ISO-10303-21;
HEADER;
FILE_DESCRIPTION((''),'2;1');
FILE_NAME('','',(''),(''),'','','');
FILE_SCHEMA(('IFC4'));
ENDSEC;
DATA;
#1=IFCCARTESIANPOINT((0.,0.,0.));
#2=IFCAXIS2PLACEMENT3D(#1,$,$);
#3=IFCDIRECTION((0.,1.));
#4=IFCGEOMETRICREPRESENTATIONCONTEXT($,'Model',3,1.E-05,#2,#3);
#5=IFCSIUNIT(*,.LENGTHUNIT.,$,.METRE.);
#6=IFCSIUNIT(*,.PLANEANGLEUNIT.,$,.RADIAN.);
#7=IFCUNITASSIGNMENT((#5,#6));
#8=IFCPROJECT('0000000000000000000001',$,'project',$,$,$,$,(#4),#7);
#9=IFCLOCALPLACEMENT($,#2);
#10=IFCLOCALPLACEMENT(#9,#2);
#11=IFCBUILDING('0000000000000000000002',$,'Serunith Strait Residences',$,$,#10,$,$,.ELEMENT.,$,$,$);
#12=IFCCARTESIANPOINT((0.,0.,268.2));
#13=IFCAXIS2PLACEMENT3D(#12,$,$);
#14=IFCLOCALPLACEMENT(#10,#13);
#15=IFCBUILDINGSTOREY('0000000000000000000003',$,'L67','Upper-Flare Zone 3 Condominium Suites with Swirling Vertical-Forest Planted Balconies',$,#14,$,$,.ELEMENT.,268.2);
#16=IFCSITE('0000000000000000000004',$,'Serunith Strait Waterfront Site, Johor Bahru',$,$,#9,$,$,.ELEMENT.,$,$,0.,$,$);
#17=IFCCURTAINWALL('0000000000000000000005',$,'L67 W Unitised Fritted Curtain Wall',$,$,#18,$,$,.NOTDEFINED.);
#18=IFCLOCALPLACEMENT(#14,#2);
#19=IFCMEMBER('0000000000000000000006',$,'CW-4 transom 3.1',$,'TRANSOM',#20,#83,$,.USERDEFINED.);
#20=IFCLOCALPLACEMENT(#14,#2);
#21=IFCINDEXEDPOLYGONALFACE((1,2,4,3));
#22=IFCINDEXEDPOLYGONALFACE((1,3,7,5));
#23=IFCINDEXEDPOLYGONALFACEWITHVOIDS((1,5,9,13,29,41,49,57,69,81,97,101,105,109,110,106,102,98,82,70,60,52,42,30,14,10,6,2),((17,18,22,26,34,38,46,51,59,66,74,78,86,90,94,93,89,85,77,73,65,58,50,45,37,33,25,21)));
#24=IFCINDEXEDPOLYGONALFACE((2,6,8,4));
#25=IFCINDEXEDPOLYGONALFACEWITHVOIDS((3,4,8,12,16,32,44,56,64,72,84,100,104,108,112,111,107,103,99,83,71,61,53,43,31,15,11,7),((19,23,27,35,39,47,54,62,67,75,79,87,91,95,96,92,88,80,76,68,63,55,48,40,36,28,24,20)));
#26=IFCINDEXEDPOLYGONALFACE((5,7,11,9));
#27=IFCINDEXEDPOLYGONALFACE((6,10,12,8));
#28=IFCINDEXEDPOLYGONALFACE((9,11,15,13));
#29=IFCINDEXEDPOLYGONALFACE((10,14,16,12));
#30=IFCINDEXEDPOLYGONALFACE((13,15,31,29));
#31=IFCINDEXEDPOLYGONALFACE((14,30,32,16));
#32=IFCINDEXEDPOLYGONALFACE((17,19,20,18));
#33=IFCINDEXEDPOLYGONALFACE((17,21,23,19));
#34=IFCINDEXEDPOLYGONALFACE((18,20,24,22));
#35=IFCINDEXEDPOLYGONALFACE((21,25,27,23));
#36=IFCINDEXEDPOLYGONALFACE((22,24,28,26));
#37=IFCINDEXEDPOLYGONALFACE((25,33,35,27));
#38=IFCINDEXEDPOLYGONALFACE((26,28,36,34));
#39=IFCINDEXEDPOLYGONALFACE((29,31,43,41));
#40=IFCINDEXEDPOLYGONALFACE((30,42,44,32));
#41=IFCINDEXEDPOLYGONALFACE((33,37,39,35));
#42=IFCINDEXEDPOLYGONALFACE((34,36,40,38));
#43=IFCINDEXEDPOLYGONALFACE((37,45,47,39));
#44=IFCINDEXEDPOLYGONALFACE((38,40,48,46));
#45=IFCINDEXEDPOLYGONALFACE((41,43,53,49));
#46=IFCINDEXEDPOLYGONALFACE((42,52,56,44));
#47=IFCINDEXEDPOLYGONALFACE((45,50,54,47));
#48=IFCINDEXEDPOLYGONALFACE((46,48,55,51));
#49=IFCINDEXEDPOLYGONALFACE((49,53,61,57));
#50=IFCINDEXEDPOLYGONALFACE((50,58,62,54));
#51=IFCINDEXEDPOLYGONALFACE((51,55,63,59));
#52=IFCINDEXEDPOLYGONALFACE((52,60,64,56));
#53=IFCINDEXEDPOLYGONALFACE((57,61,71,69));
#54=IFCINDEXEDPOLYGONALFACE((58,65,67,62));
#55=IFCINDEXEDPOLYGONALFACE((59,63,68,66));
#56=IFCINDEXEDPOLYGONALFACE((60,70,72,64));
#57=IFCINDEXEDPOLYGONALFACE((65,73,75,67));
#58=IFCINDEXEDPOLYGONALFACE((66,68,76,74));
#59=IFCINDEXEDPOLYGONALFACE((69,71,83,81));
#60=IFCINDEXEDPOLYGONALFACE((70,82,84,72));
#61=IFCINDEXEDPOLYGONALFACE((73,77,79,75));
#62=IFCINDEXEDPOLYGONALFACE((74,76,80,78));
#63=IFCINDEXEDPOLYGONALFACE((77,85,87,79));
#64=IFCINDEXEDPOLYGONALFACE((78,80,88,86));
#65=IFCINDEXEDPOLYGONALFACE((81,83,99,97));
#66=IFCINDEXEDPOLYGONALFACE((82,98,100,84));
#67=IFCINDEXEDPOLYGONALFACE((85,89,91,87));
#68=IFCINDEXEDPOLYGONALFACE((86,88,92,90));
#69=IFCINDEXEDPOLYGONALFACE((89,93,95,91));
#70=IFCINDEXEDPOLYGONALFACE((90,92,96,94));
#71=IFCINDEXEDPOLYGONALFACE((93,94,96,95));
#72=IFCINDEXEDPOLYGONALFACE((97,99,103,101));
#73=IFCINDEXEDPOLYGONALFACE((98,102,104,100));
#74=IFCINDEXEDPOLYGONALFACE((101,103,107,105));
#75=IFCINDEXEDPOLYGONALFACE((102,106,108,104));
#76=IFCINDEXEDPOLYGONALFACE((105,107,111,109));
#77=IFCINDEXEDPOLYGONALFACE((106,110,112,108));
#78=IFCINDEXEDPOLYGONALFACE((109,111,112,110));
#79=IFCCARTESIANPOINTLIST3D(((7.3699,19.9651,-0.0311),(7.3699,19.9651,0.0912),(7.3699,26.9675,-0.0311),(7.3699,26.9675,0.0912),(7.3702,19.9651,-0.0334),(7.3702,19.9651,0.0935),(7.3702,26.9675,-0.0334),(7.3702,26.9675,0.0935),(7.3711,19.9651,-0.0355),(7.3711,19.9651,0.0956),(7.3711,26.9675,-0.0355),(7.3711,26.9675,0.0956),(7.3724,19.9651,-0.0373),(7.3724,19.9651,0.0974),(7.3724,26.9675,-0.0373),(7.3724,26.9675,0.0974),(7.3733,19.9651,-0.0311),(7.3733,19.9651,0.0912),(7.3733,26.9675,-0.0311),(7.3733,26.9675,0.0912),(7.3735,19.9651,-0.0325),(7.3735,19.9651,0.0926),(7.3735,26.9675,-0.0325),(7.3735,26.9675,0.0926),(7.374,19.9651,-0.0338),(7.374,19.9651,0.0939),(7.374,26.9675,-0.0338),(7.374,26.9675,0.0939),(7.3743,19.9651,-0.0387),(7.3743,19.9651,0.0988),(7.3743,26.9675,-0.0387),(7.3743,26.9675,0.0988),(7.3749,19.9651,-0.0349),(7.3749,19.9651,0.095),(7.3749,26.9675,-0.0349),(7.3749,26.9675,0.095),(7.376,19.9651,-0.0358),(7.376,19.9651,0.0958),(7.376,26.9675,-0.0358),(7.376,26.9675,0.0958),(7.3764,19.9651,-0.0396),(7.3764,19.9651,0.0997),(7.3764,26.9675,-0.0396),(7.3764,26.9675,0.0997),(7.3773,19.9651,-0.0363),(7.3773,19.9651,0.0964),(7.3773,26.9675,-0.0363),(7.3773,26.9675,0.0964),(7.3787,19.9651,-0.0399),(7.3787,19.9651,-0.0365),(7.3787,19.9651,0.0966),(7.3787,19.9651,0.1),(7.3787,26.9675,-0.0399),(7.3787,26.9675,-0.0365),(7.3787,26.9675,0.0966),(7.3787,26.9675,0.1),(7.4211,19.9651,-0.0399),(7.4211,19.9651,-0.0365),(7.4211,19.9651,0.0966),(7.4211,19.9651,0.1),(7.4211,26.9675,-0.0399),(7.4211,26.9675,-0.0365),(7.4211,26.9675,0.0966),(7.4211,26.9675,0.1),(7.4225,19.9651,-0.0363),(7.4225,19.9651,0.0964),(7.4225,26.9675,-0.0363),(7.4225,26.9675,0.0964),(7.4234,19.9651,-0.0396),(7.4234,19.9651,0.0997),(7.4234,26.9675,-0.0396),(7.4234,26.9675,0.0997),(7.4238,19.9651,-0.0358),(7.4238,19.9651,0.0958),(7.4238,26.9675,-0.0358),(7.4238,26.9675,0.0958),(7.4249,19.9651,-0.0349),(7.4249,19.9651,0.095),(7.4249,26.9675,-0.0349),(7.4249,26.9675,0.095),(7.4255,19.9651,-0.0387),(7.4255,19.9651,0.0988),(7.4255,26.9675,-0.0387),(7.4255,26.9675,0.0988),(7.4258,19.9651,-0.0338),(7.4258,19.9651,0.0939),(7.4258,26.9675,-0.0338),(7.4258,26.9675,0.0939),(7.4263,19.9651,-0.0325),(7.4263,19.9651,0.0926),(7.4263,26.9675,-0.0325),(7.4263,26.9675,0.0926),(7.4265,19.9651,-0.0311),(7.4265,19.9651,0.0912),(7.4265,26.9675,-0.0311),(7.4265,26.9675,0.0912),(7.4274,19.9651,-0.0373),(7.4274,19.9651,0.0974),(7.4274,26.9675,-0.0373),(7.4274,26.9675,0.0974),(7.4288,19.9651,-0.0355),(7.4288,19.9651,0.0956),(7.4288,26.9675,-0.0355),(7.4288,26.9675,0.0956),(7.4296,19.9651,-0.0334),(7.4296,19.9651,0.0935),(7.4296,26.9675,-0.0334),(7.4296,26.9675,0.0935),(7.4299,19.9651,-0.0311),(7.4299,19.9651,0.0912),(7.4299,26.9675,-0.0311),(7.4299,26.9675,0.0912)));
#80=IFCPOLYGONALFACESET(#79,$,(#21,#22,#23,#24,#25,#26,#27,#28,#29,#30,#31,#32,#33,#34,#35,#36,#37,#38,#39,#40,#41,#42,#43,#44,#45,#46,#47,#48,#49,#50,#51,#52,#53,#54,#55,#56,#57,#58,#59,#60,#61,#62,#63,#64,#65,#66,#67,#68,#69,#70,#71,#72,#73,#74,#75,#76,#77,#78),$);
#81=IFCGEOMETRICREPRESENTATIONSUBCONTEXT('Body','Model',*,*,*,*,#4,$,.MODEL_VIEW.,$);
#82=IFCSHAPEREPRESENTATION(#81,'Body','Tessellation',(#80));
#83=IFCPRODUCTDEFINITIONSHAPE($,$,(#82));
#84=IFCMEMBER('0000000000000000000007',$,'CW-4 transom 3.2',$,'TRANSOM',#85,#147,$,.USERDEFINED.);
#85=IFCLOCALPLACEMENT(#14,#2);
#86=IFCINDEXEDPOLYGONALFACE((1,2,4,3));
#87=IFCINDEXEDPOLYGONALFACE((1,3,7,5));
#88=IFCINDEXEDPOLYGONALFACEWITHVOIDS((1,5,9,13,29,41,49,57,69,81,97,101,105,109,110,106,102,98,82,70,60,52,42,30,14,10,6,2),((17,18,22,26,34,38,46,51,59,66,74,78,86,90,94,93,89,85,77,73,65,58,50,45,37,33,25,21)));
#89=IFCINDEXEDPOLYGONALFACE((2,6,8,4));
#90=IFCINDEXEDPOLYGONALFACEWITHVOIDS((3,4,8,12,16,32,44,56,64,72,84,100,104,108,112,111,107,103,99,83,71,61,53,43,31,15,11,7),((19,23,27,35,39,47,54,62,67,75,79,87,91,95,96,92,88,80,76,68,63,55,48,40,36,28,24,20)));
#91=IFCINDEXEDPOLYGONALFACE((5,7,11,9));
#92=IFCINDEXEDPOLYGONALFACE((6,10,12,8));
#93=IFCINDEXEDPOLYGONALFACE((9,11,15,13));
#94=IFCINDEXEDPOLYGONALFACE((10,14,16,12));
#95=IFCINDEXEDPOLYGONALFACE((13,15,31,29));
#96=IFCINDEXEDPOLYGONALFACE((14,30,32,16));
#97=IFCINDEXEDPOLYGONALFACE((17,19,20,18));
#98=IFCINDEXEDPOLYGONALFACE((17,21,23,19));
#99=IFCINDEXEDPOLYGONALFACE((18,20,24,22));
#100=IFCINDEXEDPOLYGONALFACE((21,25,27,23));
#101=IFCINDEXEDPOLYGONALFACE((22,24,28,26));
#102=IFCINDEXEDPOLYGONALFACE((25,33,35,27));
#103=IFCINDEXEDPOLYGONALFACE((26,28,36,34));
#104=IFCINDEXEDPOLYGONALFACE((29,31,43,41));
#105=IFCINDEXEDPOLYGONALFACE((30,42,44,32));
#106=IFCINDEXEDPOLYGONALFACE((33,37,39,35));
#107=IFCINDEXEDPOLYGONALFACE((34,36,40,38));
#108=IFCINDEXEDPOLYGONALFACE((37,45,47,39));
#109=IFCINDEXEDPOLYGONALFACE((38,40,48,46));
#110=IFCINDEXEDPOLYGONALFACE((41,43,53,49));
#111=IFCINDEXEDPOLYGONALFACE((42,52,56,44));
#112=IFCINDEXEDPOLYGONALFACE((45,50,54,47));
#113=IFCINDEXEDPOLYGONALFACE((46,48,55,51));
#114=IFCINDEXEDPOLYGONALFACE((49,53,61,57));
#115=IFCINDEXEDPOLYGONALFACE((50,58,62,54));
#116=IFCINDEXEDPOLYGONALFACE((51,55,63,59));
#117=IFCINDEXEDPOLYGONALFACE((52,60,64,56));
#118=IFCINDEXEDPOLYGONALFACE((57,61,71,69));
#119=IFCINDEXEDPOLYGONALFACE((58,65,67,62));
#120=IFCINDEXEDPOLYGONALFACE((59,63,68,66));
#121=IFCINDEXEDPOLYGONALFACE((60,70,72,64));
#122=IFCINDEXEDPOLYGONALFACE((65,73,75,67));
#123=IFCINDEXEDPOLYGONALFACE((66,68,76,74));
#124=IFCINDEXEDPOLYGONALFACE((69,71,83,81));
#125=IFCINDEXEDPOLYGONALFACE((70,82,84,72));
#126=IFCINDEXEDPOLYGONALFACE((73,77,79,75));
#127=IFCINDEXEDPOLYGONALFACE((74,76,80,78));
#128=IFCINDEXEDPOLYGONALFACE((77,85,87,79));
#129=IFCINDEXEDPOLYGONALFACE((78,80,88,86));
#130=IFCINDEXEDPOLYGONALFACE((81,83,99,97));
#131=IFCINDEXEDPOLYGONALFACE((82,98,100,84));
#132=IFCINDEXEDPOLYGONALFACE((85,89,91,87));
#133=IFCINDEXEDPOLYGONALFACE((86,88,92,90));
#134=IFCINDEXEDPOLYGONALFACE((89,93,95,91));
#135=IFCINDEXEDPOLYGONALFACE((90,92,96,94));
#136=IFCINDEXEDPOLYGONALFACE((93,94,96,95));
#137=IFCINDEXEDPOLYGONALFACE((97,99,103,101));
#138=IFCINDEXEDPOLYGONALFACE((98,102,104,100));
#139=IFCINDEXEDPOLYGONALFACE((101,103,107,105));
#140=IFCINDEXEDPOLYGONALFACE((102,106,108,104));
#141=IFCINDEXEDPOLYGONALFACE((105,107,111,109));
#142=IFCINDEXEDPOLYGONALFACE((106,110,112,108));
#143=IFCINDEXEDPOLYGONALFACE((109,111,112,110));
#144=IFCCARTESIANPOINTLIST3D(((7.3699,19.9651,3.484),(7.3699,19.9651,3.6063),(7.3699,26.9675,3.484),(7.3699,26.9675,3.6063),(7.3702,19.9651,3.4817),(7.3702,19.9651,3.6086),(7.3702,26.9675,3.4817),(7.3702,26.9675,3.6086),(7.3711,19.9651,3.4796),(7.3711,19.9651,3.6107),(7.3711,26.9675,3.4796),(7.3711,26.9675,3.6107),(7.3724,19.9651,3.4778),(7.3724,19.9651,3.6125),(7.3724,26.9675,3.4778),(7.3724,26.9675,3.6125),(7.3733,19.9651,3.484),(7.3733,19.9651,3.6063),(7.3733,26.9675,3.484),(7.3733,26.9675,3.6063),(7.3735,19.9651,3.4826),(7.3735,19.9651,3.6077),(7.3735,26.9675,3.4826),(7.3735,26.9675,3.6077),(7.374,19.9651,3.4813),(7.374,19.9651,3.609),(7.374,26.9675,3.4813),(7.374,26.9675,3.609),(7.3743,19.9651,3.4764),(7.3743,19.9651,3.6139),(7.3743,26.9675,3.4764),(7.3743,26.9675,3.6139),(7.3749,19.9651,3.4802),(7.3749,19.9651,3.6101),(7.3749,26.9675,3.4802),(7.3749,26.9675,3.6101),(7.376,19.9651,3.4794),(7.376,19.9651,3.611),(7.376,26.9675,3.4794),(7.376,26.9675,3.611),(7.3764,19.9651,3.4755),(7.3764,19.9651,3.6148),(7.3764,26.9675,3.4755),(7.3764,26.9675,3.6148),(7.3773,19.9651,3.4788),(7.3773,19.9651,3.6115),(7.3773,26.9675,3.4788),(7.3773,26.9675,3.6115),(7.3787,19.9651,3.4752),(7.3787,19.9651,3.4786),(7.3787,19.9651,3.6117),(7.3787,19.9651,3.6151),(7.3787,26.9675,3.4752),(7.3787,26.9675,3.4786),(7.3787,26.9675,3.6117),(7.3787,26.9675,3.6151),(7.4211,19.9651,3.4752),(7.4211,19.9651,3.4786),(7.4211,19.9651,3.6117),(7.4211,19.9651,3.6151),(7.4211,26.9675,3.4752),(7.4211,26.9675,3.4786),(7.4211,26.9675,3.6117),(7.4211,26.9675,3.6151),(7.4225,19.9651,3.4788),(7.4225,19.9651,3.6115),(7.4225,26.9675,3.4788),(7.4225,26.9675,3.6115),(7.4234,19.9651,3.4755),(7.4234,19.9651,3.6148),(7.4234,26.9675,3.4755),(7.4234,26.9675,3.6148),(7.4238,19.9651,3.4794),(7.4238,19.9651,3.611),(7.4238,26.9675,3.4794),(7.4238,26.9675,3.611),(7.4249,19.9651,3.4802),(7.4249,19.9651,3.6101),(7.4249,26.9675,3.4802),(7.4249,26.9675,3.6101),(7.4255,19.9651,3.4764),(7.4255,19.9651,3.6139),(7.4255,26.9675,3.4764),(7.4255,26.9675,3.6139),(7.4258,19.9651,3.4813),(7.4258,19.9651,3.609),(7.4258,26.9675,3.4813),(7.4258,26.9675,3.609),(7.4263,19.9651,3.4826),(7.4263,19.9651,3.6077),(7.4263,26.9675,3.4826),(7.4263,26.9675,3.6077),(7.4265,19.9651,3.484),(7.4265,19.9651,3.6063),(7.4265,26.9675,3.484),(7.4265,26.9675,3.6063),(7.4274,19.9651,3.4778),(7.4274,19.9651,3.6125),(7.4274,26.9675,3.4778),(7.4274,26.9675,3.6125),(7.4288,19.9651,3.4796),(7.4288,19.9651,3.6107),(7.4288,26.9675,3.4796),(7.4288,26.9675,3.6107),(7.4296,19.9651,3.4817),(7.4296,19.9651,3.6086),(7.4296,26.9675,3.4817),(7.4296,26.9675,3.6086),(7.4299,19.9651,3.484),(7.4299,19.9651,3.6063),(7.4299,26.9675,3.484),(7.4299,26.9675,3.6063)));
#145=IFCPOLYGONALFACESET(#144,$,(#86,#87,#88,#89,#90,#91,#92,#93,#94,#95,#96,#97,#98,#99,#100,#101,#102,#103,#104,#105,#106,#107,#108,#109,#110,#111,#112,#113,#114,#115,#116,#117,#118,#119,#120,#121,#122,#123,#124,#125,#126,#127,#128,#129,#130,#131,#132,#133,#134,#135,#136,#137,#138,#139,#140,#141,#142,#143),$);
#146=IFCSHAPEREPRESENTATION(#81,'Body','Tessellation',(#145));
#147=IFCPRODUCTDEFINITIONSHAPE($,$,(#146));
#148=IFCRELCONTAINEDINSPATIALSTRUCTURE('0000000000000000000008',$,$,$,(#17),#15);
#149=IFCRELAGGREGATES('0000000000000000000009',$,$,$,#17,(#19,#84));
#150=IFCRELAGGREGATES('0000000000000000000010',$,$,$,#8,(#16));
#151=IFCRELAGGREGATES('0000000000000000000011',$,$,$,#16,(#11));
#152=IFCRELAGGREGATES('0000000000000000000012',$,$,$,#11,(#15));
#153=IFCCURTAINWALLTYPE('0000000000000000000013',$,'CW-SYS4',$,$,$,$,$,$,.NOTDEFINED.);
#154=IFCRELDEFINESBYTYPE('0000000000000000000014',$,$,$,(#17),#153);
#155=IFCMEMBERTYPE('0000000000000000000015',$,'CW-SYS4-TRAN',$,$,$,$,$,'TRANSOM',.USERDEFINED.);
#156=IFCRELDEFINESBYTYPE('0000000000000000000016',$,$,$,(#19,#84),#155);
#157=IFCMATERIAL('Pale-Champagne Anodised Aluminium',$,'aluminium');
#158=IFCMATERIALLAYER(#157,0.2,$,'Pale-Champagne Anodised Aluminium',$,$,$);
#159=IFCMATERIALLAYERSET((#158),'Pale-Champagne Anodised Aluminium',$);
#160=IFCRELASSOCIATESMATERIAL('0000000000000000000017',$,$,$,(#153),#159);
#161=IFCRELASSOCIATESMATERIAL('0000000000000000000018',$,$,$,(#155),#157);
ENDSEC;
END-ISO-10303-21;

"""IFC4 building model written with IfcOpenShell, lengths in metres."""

from ifc_helpers import new_model, si_unit, direction, frame, origin, origin_2d, place, context, subcontext, project, spatial, hollow_rectangle, extrude, source, transform, mapped, material, layer, layer_set, material_profile, profile_set, type_object, element, aggregate, save


model = new_model("IFC4")

# Units and contexts
model_context = context("Model", 3, precision=1e-05, world=origin(), true_north=direction((0.0, 1.0)))
body_context = subcontext(model_context, "Body", "Model", "MODEL_VIEW")
ifc_project = project(units=[si_unit("LENGTHUNIT", "METRE"), si_unit("PLANEANGLEUNIT", "RADIAN")], contexts=[model_context])

# Site, building, storey
site_placement = place(None, origin())
site = spatial("IfcSite", under=ifc_project, at=site_placement, Name="Serunith Strait Waterfront Site, Johor Bahru", CompositionType="ELEMENT", RefElevation=0.0)
building_placement = place(site_placement, origin())
building = spatial("IfcBuilding", under=site, at=building_placement, Name="Serunith Strait Residences", CompositionType="ELEMENT")
storey_placement = place(building_placement, frame((0.0, 0.0, 268.2)))
storey = spatial("IfcBuildingStorey", under=building, at=storey_placement, Name="L67", Description="Upper-Flare Zone 3 Condominium Suites with Swirling Vertical-Forest Planted Balconies", CompositionType="ELEMENT", Elevation=268.2)

# Curtain wall, members
ifc_material_1 = material(Name="Pale-Champagne Anodised Aluminium", Category="aluminium")
ifc_layer_1 = layer(ifc_material_1, 0.2, Name="Pale-Champagne Anodised Aluminium")
ifc_layer_set_1 = layer_set([ifc_layer_1], Name="Pale-Champagne Anodised Aluminium")
curtain_wall_type = type_object("IfcCurtainWallType", Name="CW-SYS4", PredefinedType="NOTDEFINED", material=ifc_layer_set_1)
curtain_wall_placement = place(storey_placement, origin())
curtain_wall = element("IfcCurtainWall", 1, at=curtain_wall_placement, inside=storey, type_object=curtain_wall_type, Name="L67 W Unitised Fritted Curtain Wall", PredefinedType="NOTDEFINED")
ifc_material_profile_1 = material_profile(ifc_material_1, hollow_rectangle(XDim=0.0601, YDim=0.1399, WallThickness=0.0034, InnerFilletRadius=0.0054, OuterFilletRadius=0.0088, at=origin_2d()), Name="ALU 140x60x3.5")
ifc_profile_set_1 = profile_set([ifc_material_profile_1], Name="Pale-Champagne Anodised Aluminium")
member_type_1 = type_object("IfcMemberType", Name="CW-SYS4-TRAN", ElementType="TRANSOM", PredefinedType="USERDEFINED", material=ifc_profile_set_1)
shared_shape_1 = source(origin(), body_context, "Body", "SweptSolid", [
    extrude(hollow_rectangle(XDim=0.0601, YDim=0.1399, WallThickness=0.0034, InnerFilletRadius=0.0054, OuterFilletRadius=0.0088, at=origin_2d()), origin(), (0.0, 0.0, 1.0), 7.0024),
])
member_1_placement = place(storey_placement, frame((7.3999, 26.9675, 0.03), z_axis=(0.0, -1.0, 0.0), x_axis=(1.0, 0.0, 0.0)))
member_1 = element("IfcMember", 2, at=member_1_placement, type_object=member_type_1, Name="CW-4 transom 3.1", ObjectType="TRANSOM", PredefinedType="USERDEFINED", context=body_context, shape_type="MappedRepresentation", body=[
    mapped(shared_shape_1, transform((0.0, 0.0, 0.0), scale=1.0)),
])
member_2_placement = place(storey_placement, frame((7.3999, 26.9675, 3.5452), z_axis=(0.0, -1.0, 0.0), x_axis=(1.0, 0.0, 0.0)))
member_2 = element("IfcMember", 3, at=member_2_placement, type_object=member_type_1, Name="CW-4 transom 3.2", ObjectType="TRANSOM", PredefinedType="USERDEFINED", context=body_context, shape_type="MappedRepresentation", body=[
    mapped(shared_shape_1, transform((0.0, 0.0, 0.0), scale=1.0)),
])
aggregate(curtain_wall, [member_1, member_2])

save(model, "model.ifc")
